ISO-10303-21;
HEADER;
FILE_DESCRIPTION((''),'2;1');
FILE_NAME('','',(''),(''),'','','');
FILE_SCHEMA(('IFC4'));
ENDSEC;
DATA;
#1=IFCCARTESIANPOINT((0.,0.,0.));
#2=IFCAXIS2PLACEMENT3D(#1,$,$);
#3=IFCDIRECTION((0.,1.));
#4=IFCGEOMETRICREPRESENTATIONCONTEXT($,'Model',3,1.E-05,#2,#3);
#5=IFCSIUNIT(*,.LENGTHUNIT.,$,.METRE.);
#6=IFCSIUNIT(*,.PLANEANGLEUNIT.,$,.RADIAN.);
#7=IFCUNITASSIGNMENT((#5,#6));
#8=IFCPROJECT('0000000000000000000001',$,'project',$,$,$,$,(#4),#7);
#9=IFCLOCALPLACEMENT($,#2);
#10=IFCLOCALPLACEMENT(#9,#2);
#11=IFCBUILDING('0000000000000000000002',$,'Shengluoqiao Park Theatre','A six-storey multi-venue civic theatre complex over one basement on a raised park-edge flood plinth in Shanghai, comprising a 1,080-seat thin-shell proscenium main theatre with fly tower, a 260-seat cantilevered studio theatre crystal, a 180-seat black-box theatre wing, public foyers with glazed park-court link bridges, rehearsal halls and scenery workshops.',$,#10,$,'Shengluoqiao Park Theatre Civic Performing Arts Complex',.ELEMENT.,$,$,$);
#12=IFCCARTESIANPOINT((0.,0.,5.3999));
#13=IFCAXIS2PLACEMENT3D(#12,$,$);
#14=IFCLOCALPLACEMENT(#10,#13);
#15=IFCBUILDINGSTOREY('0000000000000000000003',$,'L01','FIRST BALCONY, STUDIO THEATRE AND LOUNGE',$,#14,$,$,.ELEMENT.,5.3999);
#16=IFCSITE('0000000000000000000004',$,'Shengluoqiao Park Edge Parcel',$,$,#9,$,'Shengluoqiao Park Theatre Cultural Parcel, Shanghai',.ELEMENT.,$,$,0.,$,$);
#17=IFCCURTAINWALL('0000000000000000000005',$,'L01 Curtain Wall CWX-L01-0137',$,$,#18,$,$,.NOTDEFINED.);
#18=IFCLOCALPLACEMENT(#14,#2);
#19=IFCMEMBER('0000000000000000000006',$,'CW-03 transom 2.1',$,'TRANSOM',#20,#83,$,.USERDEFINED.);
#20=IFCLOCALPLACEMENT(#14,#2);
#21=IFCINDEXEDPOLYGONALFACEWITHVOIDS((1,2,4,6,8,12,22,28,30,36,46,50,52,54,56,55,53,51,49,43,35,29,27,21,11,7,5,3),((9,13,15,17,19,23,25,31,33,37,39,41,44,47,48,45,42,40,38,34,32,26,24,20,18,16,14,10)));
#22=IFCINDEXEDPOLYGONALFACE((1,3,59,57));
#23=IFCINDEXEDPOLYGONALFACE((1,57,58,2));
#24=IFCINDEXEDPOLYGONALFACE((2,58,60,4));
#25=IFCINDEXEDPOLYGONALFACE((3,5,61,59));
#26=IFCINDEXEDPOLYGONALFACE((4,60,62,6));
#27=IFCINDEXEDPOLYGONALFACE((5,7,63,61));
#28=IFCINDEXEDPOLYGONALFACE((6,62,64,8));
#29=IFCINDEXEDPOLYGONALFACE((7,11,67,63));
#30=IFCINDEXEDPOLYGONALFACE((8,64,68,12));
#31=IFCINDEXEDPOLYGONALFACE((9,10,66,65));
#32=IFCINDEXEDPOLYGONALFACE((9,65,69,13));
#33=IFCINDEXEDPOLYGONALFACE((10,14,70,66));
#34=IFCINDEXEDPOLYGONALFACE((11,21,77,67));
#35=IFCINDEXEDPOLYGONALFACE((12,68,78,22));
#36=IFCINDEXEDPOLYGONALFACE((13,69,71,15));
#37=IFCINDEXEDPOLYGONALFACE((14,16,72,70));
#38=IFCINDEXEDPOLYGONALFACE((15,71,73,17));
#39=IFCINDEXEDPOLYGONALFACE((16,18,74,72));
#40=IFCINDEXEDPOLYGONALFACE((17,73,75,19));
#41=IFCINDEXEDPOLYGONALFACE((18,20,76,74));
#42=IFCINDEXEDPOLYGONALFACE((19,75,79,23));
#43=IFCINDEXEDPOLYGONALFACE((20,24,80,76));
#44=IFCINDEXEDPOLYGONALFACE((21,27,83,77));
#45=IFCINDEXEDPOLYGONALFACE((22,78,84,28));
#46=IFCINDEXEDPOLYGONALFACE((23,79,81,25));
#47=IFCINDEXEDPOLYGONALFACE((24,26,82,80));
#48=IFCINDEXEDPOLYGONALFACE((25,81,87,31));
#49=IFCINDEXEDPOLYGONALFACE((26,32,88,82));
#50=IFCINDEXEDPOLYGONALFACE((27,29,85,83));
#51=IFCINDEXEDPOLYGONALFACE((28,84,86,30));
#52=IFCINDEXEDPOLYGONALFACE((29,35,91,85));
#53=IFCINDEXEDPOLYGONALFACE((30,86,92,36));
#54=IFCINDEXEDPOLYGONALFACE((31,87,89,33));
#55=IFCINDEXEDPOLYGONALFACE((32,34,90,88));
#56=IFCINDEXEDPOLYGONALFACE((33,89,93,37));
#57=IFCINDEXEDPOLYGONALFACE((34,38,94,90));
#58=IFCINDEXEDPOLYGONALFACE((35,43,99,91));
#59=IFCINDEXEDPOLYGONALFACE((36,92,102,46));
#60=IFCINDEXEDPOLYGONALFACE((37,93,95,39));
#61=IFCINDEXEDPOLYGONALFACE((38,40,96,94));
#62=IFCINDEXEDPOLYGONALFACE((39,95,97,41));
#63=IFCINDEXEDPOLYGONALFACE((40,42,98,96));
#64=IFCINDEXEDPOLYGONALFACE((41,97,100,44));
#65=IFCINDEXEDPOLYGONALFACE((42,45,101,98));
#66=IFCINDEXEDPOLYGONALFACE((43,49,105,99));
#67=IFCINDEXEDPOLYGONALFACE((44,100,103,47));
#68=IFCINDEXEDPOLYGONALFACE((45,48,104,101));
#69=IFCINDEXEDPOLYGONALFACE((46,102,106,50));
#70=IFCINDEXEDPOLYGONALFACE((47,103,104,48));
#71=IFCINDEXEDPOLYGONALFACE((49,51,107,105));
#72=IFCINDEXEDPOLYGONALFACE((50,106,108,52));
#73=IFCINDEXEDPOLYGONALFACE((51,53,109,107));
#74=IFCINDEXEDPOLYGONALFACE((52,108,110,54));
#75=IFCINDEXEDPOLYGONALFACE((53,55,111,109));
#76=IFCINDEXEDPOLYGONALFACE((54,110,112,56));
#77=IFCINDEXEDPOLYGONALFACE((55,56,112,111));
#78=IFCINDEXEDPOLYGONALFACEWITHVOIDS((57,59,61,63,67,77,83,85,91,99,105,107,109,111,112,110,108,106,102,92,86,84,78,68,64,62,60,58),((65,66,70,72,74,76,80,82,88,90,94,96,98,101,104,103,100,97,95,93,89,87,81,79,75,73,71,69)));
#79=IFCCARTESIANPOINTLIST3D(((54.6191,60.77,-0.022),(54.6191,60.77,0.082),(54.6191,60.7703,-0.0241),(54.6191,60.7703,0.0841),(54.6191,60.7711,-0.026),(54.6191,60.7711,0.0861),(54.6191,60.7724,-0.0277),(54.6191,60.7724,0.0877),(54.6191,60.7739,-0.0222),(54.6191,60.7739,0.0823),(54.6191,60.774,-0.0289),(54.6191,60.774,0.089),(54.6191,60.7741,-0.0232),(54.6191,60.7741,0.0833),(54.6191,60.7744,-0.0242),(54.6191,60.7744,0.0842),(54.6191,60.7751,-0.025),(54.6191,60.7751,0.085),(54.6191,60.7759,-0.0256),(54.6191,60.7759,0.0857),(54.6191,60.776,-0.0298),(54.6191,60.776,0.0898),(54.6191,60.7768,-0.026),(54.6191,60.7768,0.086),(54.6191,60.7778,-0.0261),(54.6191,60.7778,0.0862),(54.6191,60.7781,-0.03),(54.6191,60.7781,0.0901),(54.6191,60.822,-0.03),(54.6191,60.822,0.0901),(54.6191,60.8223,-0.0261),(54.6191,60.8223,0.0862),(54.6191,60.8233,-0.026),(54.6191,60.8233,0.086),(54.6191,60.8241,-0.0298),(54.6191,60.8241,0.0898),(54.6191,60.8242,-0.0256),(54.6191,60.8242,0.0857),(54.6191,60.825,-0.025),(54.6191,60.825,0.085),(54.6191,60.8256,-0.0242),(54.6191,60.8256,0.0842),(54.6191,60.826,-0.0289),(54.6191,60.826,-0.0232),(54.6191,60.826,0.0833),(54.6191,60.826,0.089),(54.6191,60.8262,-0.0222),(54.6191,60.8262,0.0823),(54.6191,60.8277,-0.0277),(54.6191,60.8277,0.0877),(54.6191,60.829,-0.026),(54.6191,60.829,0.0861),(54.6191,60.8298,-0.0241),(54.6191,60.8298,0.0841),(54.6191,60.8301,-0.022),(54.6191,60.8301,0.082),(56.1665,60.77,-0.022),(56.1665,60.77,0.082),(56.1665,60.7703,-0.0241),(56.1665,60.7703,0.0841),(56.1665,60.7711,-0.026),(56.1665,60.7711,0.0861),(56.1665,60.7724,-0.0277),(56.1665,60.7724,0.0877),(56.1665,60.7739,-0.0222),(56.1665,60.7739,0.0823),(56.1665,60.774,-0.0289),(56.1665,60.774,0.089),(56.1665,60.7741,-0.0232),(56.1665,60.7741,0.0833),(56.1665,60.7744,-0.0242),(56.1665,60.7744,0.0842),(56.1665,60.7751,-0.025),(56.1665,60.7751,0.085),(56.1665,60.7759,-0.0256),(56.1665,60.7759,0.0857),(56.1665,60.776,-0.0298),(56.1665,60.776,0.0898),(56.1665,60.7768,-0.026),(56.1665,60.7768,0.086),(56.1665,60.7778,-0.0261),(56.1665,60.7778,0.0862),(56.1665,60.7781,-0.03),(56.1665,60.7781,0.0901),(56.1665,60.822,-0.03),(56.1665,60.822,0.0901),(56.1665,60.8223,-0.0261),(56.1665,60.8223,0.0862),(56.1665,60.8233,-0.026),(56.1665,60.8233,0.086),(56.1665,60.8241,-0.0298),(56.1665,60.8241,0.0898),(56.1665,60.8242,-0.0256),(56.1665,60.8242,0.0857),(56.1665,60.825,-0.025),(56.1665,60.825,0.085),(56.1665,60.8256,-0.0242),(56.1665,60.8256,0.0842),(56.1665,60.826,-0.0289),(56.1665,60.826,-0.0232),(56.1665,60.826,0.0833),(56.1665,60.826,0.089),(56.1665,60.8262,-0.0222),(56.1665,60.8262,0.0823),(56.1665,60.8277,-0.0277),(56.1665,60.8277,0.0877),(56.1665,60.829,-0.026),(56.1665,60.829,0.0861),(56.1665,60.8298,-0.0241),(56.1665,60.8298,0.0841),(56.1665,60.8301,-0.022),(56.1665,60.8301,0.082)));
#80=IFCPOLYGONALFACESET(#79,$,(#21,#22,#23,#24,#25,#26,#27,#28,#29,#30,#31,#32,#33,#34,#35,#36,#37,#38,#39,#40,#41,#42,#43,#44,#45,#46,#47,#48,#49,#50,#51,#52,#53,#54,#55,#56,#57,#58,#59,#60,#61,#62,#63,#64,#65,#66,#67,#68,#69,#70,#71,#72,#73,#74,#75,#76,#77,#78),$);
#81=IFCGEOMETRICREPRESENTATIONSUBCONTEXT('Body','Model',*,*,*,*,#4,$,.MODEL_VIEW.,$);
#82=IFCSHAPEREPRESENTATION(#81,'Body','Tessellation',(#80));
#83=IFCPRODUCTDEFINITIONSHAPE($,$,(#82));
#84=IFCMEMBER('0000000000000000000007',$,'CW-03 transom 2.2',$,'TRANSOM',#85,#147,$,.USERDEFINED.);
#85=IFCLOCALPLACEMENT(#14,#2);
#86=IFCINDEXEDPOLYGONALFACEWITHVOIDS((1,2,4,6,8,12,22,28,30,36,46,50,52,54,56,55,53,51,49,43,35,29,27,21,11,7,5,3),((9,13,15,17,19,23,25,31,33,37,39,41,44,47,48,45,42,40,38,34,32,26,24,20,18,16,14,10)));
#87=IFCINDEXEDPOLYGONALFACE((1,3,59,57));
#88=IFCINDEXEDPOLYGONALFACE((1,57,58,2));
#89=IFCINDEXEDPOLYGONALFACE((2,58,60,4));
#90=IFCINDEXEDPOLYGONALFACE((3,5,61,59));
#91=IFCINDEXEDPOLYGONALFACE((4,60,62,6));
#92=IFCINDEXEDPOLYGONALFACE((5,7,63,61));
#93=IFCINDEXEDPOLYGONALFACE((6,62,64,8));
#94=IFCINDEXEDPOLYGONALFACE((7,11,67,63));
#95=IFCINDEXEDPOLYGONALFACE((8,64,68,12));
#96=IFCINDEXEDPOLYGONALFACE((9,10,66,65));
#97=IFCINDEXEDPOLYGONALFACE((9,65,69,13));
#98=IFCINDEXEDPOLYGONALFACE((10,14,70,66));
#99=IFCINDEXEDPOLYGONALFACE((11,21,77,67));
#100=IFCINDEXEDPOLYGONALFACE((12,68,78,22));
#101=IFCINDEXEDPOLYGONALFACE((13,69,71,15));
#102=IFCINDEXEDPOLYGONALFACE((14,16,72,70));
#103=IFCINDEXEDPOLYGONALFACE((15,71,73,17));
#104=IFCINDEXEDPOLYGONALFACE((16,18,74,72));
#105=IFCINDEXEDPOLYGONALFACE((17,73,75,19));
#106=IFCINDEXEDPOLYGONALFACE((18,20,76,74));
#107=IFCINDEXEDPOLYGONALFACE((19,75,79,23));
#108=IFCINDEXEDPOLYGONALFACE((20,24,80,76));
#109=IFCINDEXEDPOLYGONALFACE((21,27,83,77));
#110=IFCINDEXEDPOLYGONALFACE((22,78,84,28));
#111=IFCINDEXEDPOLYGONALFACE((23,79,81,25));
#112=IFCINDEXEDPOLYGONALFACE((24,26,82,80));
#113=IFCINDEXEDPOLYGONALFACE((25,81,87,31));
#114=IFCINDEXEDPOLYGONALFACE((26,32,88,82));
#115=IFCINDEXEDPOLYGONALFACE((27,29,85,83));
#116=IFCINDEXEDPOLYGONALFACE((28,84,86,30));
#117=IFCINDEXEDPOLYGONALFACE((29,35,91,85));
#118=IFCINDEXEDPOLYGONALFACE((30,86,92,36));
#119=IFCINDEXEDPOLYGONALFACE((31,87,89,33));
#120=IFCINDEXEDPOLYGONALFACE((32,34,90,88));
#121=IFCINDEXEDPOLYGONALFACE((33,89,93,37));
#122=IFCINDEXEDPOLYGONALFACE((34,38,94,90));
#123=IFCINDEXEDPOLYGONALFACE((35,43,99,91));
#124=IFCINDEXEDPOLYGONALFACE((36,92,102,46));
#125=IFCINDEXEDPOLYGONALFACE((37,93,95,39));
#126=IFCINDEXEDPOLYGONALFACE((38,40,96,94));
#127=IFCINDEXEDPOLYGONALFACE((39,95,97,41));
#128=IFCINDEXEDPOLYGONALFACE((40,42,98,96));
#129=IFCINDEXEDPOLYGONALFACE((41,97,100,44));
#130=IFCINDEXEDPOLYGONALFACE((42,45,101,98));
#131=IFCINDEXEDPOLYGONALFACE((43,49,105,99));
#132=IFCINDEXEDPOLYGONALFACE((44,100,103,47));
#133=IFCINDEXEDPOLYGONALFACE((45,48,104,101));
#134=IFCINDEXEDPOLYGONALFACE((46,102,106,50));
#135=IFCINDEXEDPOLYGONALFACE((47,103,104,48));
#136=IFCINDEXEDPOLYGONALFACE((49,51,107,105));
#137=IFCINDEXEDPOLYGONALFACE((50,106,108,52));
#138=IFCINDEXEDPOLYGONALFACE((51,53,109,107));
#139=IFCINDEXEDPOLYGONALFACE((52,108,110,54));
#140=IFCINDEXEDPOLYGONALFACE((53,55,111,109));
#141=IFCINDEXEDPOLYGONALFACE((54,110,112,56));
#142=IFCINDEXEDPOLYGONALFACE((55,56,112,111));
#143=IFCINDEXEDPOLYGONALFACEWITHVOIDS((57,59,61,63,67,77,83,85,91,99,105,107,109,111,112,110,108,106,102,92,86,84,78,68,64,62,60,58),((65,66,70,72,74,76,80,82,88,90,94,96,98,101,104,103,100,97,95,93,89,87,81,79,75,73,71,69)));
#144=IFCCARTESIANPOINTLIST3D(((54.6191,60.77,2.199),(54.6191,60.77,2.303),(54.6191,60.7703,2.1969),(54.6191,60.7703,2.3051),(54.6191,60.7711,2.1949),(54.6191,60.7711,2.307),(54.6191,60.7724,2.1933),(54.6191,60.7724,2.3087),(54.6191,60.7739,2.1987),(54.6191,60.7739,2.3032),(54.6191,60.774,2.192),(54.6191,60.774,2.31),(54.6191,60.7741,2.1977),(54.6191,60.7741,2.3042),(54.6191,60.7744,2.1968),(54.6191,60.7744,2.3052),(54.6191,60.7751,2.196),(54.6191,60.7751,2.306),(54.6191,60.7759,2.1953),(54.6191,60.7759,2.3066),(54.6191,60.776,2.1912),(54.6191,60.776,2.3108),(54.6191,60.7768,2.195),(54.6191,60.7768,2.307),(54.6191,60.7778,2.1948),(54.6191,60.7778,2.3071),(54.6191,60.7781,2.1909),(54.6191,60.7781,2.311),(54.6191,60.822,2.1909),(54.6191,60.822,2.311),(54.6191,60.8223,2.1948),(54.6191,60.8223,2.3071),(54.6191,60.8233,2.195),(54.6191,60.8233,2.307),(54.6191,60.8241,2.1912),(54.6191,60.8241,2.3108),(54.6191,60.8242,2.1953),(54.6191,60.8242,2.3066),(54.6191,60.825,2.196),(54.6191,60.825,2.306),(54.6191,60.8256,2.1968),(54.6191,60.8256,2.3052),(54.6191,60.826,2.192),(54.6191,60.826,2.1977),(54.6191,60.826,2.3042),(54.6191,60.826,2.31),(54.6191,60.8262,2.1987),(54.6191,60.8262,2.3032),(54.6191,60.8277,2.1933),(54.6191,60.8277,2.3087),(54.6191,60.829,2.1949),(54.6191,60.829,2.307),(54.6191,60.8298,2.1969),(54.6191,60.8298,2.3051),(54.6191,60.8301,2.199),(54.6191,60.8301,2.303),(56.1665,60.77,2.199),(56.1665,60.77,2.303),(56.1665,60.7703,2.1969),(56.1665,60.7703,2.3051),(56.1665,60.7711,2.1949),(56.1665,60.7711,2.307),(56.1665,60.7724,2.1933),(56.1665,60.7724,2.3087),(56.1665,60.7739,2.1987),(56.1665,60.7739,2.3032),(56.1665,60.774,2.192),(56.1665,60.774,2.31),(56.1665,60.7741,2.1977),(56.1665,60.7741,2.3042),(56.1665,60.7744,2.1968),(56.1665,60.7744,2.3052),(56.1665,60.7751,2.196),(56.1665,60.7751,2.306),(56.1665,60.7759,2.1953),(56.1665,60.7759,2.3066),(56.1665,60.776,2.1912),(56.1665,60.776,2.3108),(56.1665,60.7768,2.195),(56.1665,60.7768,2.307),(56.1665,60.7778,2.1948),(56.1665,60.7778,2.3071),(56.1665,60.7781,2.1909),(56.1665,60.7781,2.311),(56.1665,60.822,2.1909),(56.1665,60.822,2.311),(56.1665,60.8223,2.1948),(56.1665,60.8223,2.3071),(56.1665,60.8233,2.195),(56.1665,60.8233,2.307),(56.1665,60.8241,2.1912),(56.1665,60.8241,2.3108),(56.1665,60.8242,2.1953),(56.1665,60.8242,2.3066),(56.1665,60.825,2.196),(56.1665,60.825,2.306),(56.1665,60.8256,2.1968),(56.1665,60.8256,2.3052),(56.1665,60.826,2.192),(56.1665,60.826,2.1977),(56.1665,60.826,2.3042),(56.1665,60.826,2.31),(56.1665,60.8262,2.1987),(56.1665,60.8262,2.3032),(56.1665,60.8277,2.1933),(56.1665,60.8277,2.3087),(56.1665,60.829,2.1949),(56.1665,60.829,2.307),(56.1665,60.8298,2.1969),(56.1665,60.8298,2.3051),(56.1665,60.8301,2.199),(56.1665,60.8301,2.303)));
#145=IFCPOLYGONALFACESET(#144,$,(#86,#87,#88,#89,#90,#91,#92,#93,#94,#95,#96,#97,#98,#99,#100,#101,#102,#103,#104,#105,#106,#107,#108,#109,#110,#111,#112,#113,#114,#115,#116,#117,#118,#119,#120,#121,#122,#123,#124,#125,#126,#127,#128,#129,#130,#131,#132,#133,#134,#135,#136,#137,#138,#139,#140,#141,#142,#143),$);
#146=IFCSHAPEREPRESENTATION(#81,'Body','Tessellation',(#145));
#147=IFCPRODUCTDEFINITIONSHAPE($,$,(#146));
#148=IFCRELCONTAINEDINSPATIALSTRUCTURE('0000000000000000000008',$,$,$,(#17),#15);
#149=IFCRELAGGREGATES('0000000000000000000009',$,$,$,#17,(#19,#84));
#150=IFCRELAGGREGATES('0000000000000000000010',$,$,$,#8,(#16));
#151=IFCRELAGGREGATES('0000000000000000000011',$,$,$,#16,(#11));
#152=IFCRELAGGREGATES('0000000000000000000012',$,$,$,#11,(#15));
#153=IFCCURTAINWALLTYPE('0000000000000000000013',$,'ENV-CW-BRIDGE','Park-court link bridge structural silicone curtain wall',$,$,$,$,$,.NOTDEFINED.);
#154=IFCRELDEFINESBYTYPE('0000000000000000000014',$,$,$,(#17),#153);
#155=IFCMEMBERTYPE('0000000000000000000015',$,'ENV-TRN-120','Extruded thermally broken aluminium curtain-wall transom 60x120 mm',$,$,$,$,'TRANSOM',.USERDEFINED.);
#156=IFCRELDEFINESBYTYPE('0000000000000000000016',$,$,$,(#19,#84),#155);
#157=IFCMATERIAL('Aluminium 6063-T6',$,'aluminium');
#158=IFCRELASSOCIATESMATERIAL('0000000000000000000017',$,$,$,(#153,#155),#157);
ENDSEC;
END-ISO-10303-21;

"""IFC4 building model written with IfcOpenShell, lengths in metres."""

from ifc_helpers import new_model, si_unit, direction, frame, origin, origin_2d, place, context, subcontext, project, spatial, hollow_rectangle, extrude, material, material_profile, profile_set, type_object, element, aggregate, save


model = new_model("IFC4")

# Units and contexts
model_context = context("Model", 3, precision=1e-05, world=origin(), true_north=direction((0.0, 1.0)))
body_context = subcontext(model_context, "Body", "Model", "MODEL_VIEW")
ifc_project = project(units=[si_unit("LENGTHUNIT", "METRE"), si_unit("PLANEANGLEUNIT", "RADIAN")], contexts=[model_context])

# Site, building, storey
site_placement = place(None, origin())
site = spatial("IfcSite", under=ifc_project, at=site_placement, Name="Shengluoqiao Park Edge Parcel", LongName="Shengluoqiao Park Theatre Cultural Parcel, Shanghai", CompositionType="ELEMENT", RefElevation=0.0)
building_placement = place(site_placement, origin())
building = spatial("IfcBuilding", under=site, at=building_placement, Name="Shengluoqiao Park Theatre", Description="A six-storey multi-venue civic theatre complex over one basement on a raised park-edge flood plinth in Shanghai, comprising a 1,080-seat thin-shell proscenium main theatre with fly tower, a 260-seat cantilevered studio theatre crystal, a 180-seat black-box theatre wing, public foyers with glazed park-court link bridges, rehearsal halls and scenery workshops.", LongName="Shengluoqiao Park Theatre Civic Performing Arts Complex", CompositionType="ELEMENT")
storey_placement = place(building_placement, frame((0.0, 0.0, 5.3999)))
storey = spatial("IfcBuildingStorey", under=building, at=storey_placement, Name="L01", Description="FIRST BALCONY, STUDIO THEATRE AND LOUNGE", CompositionType="ELEMENT", Elevation=5.3999)

# Curtain wall
ifc_material_1 = material(Name="Aluminium 6063-T6", Category="aluminium")
curtain_wall_type_1 = type_object("IfcCurtainWallType", Name="ENV-CW-BRIDGE", Description="Park-court link bridge structural silicone curtain wall", PredefinedType="NOTDEFINED", material=ifc_material_1)
curtain_wall_1_placement = place(storey_placement, origin())
curtain_wall_1 = element("IfcCurtainWall", 1, at=curtain_wall_1_placement, inside=storey, type_object=curtain_wall_type_1, Name="L01 Curtain Wall CWX-L01-0137", PredefinedType="NOTDEFINED")

# Members
ifc_material_profile_1 = material_profile(ifc_material_1, hollow_rectangle(XDim=0.0601, YDim=0.1201, WallThickness=0.0039, InnerFilletRadius=0.0039, OuterFilletRadius=0.0081, at=origin_2d()), Name="ALU TRANSOM 120x60x4")
ifc_profile_set_1 = profile_set([ifc_material_profile_1], Name="Aluminium 6063-T6")
member_type_1 = type_object("IfcMemberType", Name="ENV-TRN-120", Description="Extruded thermally broken aluminium curtain-wall transom 60x120 mm", ElementType="TRANSOM", PredefinedType="USERDEFINED", material=ifc_profile_set_1)
member_1_placement = place(storey_placement, frame((54.6191, 60.8, 0.03), z_axis=(1.0, 0.0, 0.0), x_axis=(0.0, 1.0, 0.0)))
member_1 = element("IfcMember", 2, at=member_1_placement, type_object=member_type_1, Name="CW-03 transom 2.1", ObjectType="TRANSOM", PredefinedType="USERDEFINED", context=body_context, shape_type="SweptSolid", body=[
    extrude(hollow_rectangle(XDim=0.0601, YDim=0.1201, WallThickness=0.0039, InnerFilletRadius=0.0039, OuterFilletRadius=0.0081, at=origin_2d()), origin(), (0.0, 0.0, 1.0), 1.5474),
])
member_2_placement = place(storey_placement, frame((54.6191, 60.8, 2.251), z_axis=(1.0, 0.0, 0.0), x_axis=(0.0, 1.0, 0.0)))
member_2 = element("IfcMember", 3, at=member_2_placement, type_object=member_type_1, Name="CW-03 transom 2.2", ObjectType="TRANSOM", PredefinedType="USERDEFINED", context=body_context, shape_type="SweptSolid", body=[
    extrude(hollow_rectangle(XDim=0.0601, YDim=0.1201, WallThickness=0.0039, InnerFilletRadius=0.0039, OuterFilletRadius=0.0081, at=origin_2d()), origin(), (0.0, 0.0, 1.0), 1.5474),
])

aggregate(curtain_wall_1, [member_1, member_2])

save(model, "model.ifc")
